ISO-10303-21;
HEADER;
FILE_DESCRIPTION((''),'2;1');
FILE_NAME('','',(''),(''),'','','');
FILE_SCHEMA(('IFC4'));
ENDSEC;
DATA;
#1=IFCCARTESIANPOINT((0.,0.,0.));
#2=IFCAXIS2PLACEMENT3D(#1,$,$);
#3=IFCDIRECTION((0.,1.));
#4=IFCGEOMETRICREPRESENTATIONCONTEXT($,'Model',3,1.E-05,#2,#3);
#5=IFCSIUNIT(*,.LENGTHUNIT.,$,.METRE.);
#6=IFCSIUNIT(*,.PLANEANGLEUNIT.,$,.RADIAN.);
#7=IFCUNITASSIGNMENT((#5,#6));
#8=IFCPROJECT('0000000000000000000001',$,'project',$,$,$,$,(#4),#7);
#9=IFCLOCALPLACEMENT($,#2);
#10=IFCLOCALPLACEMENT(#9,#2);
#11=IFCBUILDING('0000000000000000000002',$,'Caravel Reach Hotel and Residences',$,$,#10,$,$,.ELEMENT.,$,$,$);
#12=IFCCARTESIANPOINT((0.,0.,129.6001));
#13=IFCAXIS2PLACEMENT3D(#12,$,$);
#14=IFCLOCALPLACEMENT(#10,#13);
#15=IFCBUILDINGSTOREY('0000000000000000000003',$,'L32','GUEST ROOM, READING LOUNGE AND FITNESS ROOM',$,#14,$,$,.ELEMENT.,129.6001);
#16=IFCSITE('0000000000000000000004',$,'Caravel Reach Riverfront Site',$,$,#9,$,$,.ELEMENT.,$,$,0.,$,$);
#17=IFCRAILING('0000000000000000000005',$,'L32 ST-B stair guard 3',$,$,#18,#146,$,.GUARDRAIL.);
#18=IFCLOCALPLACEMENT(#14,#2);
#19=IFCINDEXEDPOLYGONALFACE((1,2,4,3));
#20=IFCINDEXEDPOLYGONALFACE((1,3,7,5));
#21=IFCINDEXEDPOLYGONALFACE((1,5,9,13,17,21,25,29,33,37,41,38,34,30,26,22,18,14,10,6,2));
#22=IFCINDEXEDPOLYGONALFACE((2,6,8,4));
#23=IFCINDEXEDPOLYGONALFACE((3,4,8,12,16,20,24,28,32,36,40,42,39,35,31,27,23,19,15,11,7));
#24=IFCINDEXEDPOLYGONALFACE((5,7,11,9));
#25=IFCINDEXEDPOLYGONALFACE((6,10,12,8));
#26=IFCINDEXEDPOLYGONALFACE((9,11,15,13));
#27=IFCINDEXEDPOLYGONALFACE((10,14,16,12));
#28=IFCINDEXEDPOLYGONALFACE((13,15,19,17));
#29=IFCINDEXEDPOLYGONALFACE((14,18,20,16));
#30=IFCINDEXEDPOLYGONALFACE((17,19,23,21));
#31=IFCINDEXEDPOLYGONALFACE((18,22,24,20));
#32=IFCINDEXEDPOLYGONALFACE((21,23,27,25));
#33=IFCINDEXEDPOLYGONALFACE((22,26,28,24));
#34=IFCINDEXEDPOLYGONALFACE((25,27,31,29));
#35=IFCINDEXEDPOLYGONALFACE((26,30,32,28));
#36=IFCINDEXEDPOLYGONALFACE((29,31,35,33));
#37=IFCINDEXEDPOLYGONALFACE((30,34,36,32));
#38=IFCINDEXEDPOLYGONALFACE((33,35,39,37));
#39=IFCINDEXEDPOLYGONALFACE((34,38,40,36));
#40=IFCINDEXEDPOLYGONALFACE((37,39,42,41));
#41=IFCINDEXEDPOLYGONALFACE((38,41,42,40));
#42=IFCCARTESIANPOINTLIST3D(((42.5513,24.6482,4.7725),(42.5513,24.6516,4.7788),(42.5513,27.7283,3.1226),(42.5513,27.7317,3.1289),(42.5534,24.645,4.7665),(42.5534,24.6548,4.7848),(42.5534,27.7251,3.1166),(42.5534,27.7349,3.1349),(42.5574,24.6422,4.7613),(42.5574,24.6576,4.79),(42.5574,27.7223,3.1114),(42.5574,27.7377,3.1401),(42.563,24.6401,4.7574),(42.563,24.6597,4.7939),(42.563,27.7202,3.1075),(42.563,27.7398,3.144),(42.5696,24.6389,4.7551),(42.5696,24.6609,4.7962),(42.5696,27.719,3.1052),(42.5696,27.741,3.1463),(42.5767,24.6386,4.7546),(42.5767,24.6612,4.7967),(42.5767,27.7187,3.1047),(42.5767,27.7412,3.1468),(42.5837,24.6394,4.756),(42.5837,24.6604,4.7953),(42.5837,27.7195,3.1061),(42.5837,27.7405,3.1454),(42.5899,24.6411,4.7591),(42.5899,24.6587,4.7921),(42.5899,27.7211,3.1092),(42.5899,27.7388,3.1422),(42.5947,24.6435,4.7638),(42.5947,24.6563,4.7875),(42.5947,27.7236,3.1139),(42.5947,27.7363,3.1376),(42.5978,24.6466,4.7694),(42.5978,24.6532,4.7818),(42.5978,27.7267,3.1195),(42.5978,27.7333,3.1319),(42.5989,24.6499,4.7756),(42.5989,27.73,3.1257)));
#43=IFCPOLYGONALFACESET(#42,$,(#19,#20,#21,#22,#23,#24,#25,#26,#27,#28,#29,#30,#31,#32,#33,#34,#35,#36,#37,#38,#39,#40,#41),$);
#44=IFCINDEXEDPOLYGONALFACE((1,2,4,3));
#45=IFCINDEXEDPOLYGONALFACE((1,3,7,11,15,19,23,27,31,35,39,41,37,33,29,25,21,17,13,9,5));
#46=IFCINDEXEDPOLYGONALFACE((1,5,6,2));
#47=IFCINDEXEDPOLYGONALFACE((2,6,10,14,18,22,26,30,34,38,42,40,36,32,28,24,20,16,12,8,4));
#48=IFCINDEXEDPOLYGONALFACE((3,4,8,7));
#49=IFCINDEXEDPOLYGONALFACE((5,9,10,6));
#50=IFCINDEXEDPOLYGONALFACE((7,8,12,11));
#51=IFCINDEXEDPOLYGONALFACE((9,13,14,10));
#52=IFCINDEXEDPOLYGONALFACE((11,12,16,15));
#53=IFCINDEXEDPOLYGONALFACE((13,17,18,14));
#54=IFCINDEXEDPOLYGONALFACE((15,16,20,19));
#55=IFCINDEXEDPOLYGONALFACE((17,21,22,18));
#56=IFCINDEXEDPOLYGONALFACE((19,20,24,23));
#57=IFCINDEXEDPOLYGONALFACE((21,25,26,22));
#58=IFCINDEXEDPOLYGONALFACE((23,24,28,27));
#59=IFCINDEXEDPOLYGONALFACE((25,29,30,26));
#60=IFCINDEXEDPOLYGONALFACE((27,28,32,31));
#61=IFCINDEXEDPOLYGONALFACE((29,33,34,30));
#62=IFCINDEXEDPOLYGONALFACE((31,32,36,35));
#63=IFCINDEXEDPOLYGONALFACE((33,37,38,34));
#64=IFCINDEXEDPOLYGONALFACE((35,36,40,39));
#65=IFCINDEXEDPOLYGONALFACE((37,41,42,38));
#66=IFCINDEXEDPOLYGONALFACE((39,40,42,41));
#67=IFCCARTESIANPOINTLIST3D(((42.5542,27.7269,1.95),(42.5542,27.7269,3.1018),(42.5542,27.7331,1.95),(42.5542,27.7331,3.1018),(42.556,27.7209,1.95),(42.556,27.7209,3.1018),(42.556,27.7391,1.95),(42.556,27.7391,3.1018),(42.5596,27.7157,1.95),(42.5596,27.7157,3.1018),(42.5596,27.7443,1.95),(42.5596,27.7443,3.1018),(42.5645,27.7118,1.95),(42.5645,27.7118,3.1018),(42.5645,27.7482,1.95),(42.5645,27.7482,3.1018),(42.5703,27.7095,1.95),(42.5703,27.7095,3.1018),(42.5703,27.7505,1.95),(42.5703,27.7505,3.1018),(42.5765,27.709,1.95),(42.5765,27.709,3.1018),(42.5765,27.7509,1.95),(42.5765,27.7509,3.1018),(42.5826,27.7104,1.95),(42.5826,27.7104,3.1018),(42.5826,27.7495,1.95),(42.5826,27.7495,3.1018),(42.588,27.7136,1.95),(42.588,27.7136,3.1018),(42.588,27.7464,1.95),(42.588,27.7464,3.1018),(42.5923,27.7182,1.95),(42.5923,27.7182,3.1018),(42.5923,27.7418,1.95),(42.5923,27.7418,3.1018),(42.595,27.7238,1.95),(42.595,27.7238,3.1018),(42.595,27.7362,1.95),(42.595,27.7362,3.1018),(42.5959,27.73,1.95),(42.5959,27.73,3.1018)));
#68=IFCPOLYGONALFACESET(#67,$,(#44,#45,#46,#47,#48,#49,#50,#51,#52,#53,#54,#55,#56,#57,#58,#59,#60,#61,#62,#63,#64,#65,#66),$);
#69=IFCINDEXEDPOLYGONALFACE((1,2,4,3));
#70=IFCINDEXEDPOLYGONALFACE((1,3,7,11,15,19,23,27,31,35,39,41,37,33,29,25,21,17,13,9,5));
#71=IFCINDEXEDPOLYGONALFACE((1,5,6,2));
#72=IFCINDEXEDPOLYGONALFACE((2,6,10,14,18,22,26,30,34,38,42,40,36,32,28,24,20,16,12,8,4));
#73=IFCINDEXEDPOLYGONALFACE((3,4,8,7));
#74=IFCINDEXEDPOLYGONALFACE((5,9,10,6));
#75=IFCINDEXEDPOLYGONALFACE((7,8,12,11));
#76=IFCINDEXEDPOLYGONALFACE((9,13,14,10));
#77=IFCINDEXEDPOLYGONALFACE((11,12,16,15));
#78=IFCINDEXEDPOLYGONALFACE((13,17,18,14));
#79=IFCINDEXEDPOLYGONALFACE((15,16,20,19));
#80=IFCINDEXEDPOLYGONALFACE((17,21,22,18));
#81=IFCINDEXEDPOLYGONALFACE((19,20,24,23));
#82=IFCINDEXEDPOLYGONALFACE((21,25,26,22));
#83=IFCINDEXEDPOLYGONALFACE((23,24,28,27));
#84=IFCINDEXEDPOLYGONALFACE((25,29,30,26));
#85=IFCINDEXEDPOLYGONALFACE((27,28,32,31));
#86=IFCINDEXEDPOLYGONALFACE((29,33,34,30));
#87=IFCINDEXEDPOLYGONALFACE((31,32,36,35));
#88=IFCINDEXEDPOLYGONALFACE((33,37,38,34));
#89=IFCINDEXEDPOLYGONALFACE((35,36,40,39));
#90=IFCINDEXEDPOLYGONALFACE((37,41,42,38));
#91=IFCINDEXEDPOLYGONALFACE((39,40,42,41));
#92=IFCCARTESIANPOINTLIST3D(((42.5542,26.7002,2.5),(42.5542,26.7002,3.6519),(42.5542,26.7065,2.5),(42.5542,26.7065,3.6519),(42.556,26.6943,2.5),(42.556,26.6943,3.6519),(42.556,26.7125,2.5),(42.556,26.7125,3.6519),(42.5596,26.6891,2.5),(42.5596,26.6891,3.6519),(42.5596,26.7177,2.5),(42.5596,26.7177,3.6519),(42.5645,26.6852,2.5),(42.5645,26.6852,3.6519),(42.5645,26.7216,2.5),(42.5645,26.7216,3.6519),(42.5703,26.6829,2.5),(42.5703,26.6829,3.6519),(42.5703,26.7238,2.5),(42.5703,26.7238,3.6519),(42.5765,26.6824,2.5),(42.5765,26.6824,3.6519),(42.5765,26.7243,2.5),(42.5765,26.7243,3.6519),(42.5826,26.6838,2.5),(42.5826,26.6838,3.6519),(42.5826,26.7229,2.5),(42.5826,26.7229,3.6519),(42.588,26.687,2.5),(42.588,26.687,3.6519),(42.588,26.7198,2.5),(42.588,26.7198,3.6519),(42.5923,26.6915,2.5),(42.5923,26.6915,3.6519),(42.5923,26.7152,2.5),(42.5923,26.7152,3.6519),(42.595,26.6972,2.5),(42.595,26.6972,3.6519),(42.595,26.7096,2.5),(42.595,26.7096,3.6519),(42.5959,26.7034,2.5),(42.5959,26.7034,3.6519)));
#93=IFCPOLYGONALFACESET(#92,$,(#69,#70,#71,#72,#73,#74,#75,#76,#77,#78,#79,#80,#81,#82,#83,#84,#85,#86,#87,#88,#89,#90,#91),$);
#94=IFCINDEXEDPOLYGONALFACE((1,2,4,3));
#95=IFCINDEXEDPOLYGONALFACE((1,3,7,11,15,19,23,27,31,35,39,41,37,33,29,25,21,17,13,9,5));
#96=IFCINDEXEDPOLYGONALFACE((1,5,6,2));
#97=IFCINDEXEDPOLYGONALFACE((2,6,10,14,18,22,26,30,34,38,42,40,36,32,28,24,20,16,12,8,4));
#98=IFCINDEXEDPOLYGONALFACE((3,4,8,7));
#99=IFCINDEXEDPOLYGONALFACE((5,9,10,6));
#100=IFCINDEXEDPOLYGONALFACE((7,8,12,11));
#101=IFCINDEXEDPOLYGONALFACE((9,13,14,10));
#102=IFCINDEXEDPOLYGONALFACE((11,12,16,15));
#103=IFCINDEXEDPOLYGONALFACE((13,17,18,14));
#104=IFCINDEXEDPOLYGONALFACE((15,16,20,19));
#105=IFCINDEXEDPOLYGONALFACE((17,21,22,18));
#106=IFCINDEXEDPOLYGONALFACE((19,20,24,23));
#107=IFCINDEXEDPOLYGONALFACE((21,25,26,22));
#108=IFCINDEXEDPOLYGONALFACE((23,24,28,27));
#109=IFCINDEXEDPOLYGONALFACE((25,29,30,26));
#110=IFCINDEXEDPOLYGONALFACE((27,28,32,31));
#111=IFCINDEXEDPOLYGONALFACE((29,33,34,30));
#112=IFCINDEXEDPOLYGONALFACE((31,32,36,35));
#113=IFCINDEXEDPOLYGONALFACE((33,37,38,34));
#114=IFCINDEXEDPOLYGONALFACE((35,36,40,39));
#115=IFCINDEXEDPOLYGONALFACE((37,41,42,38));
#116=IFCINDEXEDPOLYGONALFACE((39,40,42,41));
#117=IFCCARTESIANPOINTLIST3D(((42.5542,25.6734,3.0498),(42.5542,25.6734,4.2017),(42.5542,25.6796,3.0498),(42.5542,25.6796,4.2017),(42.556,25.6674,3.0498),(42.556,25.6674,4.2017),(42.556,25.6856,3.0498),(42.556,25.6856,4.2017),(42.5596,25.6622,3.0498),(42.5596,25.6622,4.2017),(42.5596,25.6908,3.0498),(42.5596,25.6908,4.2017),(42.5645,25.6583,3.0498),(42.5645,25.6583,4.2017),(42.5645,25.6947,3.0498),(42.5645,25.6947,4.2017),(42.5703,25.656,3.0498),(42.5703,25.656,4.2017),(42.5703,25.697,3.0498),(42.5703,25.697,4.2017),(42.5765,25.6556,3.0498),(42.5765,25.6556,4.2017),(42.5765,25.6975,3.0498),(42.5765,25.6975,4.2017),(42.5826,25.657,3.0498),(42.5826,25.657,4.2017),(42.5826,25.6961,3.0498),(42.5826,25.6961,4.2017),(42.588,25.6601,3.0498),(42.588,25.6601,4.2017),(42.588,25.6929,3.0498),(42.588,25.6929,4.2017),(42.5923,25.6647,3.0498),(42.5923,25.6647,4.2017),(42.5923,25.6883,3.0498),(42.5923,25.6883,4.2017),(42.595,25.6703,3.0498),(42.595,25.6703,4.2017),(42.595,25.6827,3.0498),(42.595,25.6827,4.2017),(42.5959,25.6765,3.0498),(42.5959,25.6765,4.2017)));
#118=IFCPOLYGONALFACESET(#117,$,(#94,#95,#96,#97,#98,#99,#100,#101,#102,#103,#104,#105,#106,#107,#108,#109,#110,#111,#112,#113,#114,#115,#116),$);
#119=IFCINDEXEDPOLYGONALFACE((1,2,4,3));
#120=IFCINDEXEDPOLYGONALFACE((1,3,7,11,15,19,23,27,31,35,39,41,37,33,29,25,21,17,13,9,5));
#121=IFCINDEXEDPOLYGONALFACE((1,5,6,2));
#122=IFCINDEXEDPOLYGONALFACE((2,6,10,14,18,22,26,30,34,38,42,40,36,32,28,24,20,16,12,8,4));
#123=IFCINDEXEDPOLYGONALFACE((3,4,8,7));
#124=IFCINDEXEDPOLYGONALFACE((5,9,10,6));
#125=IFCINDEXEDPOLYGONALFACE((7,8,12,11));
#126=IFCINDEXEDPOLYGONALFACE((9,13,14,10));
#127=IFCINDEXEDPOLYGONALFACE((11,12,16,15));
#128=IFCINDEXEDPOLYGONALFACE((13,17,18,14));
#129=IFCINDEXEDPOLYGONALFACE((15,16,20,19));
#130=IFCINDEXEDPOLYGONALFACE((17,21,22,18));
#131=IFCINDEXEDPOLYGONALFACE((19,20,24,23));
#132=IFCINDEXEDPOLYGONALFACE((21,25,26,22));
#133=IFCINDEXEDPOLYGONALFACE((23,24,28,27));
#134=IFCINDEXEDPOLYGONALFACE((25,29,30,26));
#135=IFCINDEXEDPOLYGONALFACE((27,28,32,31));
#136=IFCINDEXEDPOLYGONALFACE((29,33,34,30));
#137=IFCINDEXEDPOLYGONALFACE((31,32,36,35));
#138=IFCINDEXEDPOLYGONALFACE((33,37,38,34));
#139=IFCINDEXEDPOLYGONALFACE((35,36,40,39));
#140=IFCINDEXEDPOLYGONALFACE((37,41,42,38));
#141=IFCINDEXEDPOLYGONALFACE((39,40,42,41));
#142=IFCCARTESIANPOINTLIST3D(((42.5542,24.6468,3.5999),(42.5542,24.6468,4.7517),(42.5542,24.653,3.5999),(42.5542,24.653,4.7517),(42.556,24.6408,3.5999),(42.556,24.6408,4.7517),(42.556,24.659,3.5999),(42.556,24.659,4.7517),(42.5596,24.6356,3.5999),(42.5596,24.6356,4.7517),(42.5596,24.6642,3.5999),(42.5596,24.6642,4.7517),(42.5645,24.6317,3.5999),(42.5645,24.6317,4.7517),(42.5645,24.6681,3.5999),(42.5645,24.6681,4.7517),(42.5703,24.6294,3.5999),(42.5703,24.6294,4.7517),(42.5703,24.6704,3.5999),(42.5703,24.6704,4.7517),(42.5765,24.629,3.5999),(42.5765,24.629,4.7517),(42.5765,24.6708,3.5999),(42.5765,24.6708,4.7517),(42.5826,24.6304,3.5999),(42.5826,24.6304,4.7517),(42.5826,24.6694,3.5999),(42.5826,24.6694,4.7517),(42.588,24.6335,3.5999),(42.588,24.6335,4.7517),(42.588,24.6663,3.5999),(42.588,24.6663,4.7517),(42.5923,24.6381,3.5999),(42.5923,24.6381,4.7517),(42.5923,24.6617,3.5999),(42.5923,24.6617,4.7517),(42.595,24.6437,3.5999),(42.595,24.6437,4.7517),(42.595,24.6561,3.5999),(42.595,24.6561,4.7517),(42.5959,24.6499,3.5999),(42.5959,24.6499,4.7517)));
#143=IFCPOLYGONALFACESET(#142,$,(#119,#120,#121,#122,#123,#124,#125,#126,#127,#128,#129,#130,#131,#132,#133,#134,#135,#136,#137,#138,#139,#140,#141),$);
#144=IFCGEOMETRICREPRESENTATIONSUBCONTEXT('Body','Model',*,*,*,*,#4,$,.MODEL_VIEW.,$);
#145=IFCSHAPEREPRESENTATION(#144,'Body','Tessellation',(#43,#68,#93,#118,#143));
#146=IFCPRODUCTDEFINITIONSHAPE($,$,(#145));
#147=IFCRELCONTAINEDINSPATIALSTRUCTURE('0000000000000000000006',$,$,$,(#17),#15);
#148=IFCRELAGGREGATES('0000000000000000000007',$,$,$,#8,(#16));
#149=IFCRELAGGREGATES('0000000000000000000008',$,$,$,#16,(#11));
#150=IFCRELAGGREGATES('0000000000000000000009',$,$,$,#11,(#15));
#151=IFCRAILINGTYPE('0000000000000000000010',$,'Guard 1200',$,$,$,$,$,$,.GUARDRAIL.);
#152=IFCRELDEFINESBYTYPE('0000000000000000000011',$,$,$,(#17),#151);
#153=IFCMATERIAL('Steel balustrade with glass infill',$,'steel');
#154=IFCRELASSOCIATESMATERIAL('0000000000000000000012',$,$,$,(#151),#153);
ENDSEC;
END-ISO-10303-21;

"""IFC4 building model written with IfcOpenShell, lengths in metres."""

from ifc_helpers import new_model, si_unit, direction, frame, origin, origin_2d, place, context, subcontext, project, spatial, circle, extrude, material, type_object, element, save


model = new_model("IFC4")

# Units and contexts
model_context = context("Model", 3, precision=1e-05, world=origin(), true_north=direction((0.0, 1.0)))
body_context = subcontext(model_context, "Body", "Model", "MODEL_VIEW")
ifc_project = project(units=[si_unit("LENGTHUNIT", "METRE"), si_unit("PLANEANGLEUNIT", "RADIAN")], contexts=[model_context])

# Site, building, storey
site_placement = place(None, origin())
site = spatial("IfcSite", under=ifc_project, at=site_placement, Name="Caravel Reach Riverfront Site", CompositionType="ELEMENT", RefElevation=0.0)
building_placement = place(site_placement, origin())
building = spatial("IfcBuilding", under=site, at=building_placement, Name="Caravel Reach Hotel and Residences", CompositionType="ELEMENT")
storey_placement = place(building_placement, frame((0.0, 0.0, 129.6001)))
storey = spatial("IfcBuildingStorey", under=building, at=storey_placement, Name="L32", Description="GUEST ROOM, READING LOUNGE AND FITNESS ROOM", CompositionType="ELEMENT", Elevation=129.6001)

# Railing
ifc_material_1 = material(Name="Steel balustrade with glass infill", Category="steel")
railing_type_1 = type_object("IfcRailingType", Name="Guard 1200", PredefinedType="GUARDRAIL", material=ifc_material_1)
railing_1_placement = place(storey_placement, frame((42.575, 27.73, 1.95)))
element("IfcRailing", 1, at=railing_1_placement, inside=storey, type_object=railing_type_1, Name="L32 ST-B stair guard 3", PredefinedType="GUARDRAIL", context=body_context, shape_type="SweptSolid", body=[
    extrude(circle(Radius=0.0239, at=origin_2d()), frame((0.0, 0.0, 1.1758), z_axis=(0.0, -0.881497, 0.47219), x_axis=(1.0, 0.0, 0.0)), (0.0, 0.0, 1.0), 3.4941),
    extrude(circle(Radius=0.021, at=origin_2d()), origin(), (0.0, 0.0, 1.0), 1.1519),
    extrude(circle(Radius=0.021, at=origin_2d()), frame((0.0, -1.0266, 0.55)), (0.0, 0.0, 1.0), 1.1519),
    extrude(circle(Radius=0.021, at=origin_2d()), frame((0.0, -2.0535, 1.0999)), (0.0, 0.0, 1.0), 1.1519),
    extrude(circle(Radius=0.021, at=origin_2d()), frame((0.0, -3.0801, 1.6499)), (0.0, 0.0, 1.0), 1.1519),
])

save(model, "model.ifc")
